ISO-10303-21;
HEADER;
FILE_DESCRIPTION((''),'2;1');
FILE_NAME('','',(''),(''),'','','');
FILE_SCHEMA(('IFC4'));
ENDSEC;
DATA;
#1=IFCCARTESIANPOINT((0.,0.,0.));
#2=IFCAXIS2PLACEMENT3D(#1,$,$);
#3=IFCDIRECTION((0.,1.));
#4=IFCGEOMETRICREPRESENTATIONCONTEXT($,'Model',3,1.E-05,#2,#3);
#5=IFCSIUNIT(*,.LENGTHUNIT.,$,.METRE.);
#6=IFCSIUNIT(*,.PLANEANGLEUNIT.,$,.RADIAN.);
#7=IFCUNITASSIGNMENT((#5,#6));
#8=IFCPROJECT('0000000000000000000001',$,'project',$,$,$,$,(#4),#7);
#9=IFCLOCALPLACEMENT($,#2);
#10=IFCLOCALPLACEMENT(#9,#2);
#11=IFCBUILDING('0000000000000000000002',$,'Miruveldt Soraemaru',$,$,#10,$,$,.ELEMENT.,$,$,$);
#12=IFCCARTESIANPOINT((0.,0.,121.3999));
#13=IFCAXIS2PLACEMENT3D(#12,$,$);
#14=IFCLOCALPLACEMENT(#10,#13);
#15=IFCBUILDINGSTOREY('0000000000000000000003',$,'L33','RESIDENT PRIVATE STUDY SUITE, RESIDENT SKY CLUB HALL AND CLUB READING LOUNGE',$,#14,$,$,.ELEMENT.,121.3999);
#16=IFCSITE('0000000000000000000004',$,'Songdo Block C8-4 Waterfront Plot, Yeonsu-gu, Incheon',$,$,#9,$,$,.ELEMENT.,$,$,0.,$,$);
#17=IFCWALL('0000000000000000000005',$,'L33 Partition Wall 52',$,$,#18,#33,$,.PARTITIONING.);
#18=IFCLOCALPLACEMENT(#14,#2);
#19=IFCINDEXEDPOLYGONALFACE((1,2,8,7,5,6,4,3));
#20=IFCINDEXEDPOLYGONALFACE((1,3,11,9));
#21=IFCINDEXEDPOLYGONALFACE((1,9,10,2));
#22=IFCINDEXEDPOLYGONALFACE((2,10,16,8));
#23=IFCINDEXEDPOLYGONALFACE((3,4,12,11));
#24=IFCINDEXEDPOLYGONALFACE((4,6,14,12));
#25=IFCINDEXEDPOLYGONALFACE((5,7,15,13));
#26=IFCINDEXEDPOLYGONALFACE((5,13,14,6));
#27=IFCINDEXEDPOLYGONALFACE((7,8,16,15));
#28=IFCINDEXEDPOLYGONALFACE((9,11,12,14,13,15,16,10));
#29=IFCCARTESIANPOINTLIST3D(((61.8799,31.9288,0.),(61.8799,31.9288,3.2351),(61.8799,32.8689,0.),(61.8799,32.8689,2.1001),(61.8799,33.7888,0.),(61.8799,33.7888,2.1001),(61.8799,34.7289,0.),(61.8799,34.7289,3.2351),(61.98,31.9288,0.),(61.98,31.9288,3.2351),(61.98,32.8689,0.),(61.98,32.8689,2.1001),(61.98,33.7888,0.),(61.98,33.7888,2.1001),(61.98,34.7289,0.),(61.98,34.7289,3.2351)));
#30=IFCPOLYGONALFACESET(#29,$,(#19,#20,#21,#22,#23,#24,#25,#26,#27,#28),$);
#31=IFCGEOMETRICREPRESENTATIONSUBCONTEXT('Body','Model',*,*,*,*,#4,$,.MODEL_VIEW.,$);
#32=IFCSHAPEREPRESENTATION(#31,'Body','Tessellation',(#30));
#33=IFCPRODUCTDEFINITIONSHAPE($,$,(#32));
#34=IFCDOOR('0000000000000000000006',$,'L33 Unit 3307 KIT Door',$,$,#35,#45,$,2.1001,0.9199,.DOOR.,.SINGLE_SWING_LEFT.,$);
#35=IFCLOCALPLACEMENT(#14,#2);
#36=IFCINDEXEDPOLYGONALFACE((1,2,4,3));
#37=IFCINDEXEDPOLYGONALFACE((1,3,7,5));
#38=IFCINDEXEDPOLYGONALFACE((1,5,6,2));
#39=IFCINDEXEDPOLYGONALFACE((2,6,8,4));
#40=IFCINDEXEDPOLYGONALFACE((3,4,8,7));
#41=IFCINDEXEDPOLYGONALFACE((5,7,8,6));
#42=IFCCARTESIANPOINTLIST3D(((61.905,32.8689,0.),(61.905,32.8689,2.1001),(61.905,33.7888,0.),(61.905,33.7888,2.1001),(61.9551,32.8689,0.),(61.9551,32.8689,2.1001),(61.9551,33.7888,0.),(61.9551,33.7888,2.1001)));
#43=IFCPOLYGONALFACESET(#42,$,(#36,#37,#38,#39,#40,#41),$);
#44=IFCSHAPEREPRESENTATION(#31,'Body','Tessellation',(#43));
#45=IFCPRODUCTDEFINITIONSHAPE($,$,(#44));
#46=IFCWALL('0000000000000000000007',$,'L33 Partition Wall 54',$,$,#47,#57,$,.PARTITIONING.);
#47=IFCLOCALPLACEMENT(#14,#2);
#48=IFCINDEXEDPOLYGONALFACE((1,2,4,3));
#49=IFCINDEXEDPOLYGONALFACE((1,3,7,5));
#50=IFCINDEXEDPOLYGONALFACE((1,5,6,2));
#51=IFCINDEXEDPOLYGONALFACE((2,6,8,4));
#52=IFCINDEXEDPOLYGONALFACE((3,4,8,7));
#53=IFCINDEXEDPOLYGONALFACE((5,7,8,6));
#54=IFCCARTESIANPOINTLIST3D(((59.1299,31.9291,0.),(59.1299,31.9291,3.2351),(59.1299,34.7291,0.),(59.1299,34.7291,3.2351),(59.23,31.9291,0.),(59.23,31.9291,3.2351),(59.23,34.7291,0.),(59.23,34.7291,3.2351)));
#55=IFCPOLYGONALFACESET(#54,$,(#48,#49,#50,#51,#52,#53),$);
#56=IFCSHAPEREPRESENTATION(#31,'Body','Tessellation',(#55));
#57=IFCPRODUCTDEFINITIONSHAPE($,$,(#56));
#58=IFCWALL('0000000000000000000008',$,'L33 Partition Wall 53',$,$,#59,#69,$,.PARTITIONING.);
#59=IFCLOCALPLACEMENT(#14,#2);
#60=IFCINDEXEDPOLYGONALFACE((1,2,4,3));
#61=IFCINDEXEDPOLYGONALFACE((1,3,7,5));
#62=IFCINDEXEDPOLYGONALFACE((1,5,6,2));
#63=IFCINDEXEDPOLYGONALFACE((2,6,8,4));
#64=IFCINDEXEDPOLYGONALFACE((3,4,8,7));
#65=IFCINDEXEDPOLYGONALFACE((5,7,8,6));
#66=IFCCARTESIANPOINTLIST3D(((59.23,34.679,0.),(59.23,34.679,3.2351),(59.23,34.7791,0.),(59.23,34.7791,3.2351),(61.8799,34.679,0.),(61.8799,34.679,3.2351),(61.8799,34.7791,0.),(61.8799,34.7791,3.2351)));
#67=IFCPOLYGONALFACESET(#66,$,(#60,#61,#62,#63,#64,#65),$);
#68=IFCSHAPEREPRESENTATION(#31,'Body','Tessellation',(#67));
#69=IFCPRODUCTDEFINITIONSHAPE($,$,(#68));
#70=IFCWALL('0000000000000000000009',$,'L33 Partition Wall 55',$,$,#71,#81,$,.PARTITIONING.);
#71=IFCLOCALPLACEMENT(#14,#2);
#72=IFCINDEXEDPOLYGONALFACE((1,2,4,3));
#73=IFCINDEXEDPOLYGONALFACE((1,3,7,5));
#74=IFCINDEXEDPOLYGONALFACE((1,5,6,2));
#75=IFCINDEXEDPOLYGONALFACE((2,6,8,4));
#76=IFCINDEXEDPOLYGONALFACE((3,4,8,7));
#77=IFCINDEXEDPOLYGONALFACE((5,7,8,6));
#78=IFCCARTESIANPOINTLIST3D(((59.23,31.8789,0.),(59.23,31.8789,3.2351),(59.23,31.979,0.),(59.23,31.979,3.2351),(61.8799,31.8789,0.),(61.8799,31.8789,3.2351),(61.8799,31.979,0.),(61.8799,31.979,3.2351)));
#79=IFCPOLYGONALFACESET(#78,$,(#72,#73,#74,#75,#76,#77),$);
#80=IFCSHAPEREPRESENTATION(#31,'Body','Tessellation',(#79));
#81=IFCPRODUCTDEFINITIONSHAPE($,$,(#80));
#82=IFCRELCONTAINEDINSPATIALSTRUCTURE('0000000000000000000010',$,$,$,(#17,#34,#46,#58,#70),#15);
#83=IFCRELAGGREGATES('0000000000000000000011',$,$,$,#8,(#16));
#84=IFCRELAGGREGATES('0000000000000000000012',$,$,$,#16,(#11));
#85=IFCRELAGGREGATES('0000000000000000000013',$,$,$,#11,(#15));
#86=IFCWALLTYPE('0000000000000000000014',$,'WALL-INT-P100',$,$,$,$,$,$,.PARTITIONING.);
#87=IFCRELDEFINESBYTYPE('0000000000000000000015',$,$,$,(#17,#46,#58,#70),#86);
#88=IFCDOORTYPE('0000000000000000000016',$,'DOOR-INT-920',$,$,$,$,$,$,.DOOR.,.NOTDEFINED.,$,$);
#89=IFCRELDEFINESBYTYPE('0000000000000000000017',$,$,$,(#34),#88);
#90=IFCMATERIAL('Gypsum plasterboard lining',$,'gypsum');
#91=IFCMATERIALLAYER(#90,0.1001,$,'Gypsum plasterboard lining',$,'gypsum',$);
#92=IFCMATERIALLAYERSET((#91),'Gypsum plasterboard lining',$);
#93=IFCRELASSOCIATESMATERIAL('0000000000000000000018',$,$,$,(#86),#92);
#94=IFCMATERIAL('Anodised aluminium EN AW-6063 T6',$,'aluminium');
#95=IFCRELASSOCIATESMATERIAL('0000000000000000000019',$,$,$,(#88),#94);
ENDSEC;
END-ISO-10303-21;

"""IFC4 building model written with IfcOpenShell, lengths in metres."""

from ifc_helpers import new_model, si_unit, direction, frame, frame_2d, origin, place, context, subcontext, project, spatial, rectangle, extrude, material, layer, layer_set, type_object, element, fill, save


model = new_model("IFC4")

# Units and contexts
model_context = context("Model", 3, precision=1e-05, world=origin(), true_north=direction((0.0, 1.0)))
body_context = subcontext(model_context, "Body", "Model", "MODEL_VIEW")
ifc_project = project(units=[si_unit("LENGTHUNIT", "METRE"), si_unit("PLANEANGLEUNIT", "RADIAN")], contexts=[model_context])

# Site, building, storey
site_placement = place(None, origin())
site = spatial("IfcSite", under=ifc_project, at=site_placement, Name="Songdo Block C8-4 Waterfront Plot, Yeonsu-gu, Incheon", CompositionType="ELEMENT", RefElevation=0.0)
building_placement = place(site_placement, origin())
building = spatial("IfcBuilding", under=site, at=building_placement, Name="Miruveldt Soraemaru", CompositionType="ELEMENT")
storey_placement = place(building_placement, frame((0.0, 0.0, 121.3999)))
storey = spatial("IfcBuildingStorey", under=building, at=storey_placement, Name="L33", Description="RESIDENT PRIVATE STUDY SUITE, RESIDENT SKY CLUB HALL AND CLUB READING LOUNGE", CompositionType="ELEMENT", Elevation=121.3999)

# Wall, opening, door
ifc_material_1 = material(Name="Gypsum plasterboard lining", Category="gypsum")
ifc_layer_1 = layer(ifc_material_1, 0.1001, Name="Gypsum plasterboard lining", Category="gypsum")
ifc_layer_set_1 = layer_set([ifc_layer_1], Name="Gypsum plasterboard lining")
wall_type_1 = type_object("IfcWallType", Name="WALL-INT-P100", PredefinedType="PARTITIONING", material=ifc_layer_set_1)
wall_1_placement = place(storey_placement, frame((61.9299, 31.929, 0.0), z_axis=(0.0, 0.0, 1.0), x_axis=(0.0, 1.0, 0.0)))
wall_1 = element("IfcWall", 1, at=wall_1_placement, inside=storey, type_object=wall_type_1, Name="L33 Partition Wall 52", PredefinedType="PARTITIONING", context=body_context, shape_type="SweptSolid", body=[
    extrude(rectangle(XDim=2.8, YDim=0.1001, at=frame_2d((1.3999, 0.0))), origin(), (0.0, 0.0, 1.0), 3.2351),
])
opening_1_placement = place(wall_1_placement, frame((0.9399, 0.0, 0.0)))
opening_1 = element("IfcOpeningElement", 2, at=opening_1_placement, cuts=wall_1, PredefinedType="OPENING", context=body_context, shape_type="SweptSolid", body=[
    extrude(rectangle(XDim=0.9199, YDim=2.1001, at=frame_2d((0.46, 1.05))), frame((0.0, 0.0601, 0.0), z_axis=(0.0, -1.0, 0.0), x_axis=(1.0, 0.0, 0.0)), (0.0, 0.0, 1.0), 0.1201),
])
ifc_material_2 = material(Name="Anodised aluminium EN AW-6063 T6", Category="aluminium")
door_type = type_object("IfcDoorType", Name="DOOR-INT-920", OperationType="NOTDEFINED", PredefinedType="DOOR", material=ifc_material_2)
door_placement = place(opening_1_placement, origin())
door = element("IfcDoor", 3, at=door_placement, inside=storey, type_object=door_type, Name="L33 Unit 3307 KIT Door", OperationType="SINGLE_SWING_LEFT", OverallHeight=2.1001, OverallWidth=0.9199, PredefinedType="DOOR", context=body_context, shape_type="SweptSolid", body=[
    extrude(rectangle(XDim=0.9199, YDim=2.1001, at=frame_2d((0.46, 1.05))), frame((0.0, 0.0249, 0.0), z_axis=(0.0, -1.0, 0.0), x_axis=(1.0, 0.0, 0.0)), (0.0, 0.0, 1.0), 0.05),
])
fill(opening_1, door)

# Walls
wall_2_placement = place(storey_placement, frame((59.1799, 34.729, 0.0), z_axis=(0.0, 0.0, 1.0), x_axis=(0.0, -1.0, 0.0)))
element("IfcWall", 4, at=wall_2_placement, inside=storey, type_object=wall_type_1, Name="L33 Partition Wall 54", PredefinedType="PARTITIONING", context=body_context, shape_type="SweptSolid", body=[
    extrude(rectangle(XDim=2.8, YDim=0.1001, at=frame_2d((1.3999, 0.0))), origin(), (0.0, 0.0, 1.0), 3.2351),
])
for number, where, z_axis, x_axis, name in (
    (5, (61.8799, 34.729, 0.0), (0.0, 0.0, 1.0), (-1.0, 0.0, 0.0), "L33 Partition Wall 53"),
    (6, (59.23, 31.929, 0.0), (0.0, 0.0, 1.0), (1.0, 0.0, 0.0), "L33 Partition Wall 55"),
):
    element("IfcWall", number, at=place(storey_placement, frame(where, z_axis=z_axis, x_axis=x_axis)), inside=storey, type_object=wall_type_1, Name=name, PredefinedType="PARTITIONING", context=body_context, shape_type="SweptSolid", body=[
        extrude(rectangle(XDim=2.6499, YDim=0.1001, at=frame_2d((1.325, 0.0))), origin(), (0.0, 0.0, 1.0), 3.2351),
    ])

save(model, "model.ifc")
